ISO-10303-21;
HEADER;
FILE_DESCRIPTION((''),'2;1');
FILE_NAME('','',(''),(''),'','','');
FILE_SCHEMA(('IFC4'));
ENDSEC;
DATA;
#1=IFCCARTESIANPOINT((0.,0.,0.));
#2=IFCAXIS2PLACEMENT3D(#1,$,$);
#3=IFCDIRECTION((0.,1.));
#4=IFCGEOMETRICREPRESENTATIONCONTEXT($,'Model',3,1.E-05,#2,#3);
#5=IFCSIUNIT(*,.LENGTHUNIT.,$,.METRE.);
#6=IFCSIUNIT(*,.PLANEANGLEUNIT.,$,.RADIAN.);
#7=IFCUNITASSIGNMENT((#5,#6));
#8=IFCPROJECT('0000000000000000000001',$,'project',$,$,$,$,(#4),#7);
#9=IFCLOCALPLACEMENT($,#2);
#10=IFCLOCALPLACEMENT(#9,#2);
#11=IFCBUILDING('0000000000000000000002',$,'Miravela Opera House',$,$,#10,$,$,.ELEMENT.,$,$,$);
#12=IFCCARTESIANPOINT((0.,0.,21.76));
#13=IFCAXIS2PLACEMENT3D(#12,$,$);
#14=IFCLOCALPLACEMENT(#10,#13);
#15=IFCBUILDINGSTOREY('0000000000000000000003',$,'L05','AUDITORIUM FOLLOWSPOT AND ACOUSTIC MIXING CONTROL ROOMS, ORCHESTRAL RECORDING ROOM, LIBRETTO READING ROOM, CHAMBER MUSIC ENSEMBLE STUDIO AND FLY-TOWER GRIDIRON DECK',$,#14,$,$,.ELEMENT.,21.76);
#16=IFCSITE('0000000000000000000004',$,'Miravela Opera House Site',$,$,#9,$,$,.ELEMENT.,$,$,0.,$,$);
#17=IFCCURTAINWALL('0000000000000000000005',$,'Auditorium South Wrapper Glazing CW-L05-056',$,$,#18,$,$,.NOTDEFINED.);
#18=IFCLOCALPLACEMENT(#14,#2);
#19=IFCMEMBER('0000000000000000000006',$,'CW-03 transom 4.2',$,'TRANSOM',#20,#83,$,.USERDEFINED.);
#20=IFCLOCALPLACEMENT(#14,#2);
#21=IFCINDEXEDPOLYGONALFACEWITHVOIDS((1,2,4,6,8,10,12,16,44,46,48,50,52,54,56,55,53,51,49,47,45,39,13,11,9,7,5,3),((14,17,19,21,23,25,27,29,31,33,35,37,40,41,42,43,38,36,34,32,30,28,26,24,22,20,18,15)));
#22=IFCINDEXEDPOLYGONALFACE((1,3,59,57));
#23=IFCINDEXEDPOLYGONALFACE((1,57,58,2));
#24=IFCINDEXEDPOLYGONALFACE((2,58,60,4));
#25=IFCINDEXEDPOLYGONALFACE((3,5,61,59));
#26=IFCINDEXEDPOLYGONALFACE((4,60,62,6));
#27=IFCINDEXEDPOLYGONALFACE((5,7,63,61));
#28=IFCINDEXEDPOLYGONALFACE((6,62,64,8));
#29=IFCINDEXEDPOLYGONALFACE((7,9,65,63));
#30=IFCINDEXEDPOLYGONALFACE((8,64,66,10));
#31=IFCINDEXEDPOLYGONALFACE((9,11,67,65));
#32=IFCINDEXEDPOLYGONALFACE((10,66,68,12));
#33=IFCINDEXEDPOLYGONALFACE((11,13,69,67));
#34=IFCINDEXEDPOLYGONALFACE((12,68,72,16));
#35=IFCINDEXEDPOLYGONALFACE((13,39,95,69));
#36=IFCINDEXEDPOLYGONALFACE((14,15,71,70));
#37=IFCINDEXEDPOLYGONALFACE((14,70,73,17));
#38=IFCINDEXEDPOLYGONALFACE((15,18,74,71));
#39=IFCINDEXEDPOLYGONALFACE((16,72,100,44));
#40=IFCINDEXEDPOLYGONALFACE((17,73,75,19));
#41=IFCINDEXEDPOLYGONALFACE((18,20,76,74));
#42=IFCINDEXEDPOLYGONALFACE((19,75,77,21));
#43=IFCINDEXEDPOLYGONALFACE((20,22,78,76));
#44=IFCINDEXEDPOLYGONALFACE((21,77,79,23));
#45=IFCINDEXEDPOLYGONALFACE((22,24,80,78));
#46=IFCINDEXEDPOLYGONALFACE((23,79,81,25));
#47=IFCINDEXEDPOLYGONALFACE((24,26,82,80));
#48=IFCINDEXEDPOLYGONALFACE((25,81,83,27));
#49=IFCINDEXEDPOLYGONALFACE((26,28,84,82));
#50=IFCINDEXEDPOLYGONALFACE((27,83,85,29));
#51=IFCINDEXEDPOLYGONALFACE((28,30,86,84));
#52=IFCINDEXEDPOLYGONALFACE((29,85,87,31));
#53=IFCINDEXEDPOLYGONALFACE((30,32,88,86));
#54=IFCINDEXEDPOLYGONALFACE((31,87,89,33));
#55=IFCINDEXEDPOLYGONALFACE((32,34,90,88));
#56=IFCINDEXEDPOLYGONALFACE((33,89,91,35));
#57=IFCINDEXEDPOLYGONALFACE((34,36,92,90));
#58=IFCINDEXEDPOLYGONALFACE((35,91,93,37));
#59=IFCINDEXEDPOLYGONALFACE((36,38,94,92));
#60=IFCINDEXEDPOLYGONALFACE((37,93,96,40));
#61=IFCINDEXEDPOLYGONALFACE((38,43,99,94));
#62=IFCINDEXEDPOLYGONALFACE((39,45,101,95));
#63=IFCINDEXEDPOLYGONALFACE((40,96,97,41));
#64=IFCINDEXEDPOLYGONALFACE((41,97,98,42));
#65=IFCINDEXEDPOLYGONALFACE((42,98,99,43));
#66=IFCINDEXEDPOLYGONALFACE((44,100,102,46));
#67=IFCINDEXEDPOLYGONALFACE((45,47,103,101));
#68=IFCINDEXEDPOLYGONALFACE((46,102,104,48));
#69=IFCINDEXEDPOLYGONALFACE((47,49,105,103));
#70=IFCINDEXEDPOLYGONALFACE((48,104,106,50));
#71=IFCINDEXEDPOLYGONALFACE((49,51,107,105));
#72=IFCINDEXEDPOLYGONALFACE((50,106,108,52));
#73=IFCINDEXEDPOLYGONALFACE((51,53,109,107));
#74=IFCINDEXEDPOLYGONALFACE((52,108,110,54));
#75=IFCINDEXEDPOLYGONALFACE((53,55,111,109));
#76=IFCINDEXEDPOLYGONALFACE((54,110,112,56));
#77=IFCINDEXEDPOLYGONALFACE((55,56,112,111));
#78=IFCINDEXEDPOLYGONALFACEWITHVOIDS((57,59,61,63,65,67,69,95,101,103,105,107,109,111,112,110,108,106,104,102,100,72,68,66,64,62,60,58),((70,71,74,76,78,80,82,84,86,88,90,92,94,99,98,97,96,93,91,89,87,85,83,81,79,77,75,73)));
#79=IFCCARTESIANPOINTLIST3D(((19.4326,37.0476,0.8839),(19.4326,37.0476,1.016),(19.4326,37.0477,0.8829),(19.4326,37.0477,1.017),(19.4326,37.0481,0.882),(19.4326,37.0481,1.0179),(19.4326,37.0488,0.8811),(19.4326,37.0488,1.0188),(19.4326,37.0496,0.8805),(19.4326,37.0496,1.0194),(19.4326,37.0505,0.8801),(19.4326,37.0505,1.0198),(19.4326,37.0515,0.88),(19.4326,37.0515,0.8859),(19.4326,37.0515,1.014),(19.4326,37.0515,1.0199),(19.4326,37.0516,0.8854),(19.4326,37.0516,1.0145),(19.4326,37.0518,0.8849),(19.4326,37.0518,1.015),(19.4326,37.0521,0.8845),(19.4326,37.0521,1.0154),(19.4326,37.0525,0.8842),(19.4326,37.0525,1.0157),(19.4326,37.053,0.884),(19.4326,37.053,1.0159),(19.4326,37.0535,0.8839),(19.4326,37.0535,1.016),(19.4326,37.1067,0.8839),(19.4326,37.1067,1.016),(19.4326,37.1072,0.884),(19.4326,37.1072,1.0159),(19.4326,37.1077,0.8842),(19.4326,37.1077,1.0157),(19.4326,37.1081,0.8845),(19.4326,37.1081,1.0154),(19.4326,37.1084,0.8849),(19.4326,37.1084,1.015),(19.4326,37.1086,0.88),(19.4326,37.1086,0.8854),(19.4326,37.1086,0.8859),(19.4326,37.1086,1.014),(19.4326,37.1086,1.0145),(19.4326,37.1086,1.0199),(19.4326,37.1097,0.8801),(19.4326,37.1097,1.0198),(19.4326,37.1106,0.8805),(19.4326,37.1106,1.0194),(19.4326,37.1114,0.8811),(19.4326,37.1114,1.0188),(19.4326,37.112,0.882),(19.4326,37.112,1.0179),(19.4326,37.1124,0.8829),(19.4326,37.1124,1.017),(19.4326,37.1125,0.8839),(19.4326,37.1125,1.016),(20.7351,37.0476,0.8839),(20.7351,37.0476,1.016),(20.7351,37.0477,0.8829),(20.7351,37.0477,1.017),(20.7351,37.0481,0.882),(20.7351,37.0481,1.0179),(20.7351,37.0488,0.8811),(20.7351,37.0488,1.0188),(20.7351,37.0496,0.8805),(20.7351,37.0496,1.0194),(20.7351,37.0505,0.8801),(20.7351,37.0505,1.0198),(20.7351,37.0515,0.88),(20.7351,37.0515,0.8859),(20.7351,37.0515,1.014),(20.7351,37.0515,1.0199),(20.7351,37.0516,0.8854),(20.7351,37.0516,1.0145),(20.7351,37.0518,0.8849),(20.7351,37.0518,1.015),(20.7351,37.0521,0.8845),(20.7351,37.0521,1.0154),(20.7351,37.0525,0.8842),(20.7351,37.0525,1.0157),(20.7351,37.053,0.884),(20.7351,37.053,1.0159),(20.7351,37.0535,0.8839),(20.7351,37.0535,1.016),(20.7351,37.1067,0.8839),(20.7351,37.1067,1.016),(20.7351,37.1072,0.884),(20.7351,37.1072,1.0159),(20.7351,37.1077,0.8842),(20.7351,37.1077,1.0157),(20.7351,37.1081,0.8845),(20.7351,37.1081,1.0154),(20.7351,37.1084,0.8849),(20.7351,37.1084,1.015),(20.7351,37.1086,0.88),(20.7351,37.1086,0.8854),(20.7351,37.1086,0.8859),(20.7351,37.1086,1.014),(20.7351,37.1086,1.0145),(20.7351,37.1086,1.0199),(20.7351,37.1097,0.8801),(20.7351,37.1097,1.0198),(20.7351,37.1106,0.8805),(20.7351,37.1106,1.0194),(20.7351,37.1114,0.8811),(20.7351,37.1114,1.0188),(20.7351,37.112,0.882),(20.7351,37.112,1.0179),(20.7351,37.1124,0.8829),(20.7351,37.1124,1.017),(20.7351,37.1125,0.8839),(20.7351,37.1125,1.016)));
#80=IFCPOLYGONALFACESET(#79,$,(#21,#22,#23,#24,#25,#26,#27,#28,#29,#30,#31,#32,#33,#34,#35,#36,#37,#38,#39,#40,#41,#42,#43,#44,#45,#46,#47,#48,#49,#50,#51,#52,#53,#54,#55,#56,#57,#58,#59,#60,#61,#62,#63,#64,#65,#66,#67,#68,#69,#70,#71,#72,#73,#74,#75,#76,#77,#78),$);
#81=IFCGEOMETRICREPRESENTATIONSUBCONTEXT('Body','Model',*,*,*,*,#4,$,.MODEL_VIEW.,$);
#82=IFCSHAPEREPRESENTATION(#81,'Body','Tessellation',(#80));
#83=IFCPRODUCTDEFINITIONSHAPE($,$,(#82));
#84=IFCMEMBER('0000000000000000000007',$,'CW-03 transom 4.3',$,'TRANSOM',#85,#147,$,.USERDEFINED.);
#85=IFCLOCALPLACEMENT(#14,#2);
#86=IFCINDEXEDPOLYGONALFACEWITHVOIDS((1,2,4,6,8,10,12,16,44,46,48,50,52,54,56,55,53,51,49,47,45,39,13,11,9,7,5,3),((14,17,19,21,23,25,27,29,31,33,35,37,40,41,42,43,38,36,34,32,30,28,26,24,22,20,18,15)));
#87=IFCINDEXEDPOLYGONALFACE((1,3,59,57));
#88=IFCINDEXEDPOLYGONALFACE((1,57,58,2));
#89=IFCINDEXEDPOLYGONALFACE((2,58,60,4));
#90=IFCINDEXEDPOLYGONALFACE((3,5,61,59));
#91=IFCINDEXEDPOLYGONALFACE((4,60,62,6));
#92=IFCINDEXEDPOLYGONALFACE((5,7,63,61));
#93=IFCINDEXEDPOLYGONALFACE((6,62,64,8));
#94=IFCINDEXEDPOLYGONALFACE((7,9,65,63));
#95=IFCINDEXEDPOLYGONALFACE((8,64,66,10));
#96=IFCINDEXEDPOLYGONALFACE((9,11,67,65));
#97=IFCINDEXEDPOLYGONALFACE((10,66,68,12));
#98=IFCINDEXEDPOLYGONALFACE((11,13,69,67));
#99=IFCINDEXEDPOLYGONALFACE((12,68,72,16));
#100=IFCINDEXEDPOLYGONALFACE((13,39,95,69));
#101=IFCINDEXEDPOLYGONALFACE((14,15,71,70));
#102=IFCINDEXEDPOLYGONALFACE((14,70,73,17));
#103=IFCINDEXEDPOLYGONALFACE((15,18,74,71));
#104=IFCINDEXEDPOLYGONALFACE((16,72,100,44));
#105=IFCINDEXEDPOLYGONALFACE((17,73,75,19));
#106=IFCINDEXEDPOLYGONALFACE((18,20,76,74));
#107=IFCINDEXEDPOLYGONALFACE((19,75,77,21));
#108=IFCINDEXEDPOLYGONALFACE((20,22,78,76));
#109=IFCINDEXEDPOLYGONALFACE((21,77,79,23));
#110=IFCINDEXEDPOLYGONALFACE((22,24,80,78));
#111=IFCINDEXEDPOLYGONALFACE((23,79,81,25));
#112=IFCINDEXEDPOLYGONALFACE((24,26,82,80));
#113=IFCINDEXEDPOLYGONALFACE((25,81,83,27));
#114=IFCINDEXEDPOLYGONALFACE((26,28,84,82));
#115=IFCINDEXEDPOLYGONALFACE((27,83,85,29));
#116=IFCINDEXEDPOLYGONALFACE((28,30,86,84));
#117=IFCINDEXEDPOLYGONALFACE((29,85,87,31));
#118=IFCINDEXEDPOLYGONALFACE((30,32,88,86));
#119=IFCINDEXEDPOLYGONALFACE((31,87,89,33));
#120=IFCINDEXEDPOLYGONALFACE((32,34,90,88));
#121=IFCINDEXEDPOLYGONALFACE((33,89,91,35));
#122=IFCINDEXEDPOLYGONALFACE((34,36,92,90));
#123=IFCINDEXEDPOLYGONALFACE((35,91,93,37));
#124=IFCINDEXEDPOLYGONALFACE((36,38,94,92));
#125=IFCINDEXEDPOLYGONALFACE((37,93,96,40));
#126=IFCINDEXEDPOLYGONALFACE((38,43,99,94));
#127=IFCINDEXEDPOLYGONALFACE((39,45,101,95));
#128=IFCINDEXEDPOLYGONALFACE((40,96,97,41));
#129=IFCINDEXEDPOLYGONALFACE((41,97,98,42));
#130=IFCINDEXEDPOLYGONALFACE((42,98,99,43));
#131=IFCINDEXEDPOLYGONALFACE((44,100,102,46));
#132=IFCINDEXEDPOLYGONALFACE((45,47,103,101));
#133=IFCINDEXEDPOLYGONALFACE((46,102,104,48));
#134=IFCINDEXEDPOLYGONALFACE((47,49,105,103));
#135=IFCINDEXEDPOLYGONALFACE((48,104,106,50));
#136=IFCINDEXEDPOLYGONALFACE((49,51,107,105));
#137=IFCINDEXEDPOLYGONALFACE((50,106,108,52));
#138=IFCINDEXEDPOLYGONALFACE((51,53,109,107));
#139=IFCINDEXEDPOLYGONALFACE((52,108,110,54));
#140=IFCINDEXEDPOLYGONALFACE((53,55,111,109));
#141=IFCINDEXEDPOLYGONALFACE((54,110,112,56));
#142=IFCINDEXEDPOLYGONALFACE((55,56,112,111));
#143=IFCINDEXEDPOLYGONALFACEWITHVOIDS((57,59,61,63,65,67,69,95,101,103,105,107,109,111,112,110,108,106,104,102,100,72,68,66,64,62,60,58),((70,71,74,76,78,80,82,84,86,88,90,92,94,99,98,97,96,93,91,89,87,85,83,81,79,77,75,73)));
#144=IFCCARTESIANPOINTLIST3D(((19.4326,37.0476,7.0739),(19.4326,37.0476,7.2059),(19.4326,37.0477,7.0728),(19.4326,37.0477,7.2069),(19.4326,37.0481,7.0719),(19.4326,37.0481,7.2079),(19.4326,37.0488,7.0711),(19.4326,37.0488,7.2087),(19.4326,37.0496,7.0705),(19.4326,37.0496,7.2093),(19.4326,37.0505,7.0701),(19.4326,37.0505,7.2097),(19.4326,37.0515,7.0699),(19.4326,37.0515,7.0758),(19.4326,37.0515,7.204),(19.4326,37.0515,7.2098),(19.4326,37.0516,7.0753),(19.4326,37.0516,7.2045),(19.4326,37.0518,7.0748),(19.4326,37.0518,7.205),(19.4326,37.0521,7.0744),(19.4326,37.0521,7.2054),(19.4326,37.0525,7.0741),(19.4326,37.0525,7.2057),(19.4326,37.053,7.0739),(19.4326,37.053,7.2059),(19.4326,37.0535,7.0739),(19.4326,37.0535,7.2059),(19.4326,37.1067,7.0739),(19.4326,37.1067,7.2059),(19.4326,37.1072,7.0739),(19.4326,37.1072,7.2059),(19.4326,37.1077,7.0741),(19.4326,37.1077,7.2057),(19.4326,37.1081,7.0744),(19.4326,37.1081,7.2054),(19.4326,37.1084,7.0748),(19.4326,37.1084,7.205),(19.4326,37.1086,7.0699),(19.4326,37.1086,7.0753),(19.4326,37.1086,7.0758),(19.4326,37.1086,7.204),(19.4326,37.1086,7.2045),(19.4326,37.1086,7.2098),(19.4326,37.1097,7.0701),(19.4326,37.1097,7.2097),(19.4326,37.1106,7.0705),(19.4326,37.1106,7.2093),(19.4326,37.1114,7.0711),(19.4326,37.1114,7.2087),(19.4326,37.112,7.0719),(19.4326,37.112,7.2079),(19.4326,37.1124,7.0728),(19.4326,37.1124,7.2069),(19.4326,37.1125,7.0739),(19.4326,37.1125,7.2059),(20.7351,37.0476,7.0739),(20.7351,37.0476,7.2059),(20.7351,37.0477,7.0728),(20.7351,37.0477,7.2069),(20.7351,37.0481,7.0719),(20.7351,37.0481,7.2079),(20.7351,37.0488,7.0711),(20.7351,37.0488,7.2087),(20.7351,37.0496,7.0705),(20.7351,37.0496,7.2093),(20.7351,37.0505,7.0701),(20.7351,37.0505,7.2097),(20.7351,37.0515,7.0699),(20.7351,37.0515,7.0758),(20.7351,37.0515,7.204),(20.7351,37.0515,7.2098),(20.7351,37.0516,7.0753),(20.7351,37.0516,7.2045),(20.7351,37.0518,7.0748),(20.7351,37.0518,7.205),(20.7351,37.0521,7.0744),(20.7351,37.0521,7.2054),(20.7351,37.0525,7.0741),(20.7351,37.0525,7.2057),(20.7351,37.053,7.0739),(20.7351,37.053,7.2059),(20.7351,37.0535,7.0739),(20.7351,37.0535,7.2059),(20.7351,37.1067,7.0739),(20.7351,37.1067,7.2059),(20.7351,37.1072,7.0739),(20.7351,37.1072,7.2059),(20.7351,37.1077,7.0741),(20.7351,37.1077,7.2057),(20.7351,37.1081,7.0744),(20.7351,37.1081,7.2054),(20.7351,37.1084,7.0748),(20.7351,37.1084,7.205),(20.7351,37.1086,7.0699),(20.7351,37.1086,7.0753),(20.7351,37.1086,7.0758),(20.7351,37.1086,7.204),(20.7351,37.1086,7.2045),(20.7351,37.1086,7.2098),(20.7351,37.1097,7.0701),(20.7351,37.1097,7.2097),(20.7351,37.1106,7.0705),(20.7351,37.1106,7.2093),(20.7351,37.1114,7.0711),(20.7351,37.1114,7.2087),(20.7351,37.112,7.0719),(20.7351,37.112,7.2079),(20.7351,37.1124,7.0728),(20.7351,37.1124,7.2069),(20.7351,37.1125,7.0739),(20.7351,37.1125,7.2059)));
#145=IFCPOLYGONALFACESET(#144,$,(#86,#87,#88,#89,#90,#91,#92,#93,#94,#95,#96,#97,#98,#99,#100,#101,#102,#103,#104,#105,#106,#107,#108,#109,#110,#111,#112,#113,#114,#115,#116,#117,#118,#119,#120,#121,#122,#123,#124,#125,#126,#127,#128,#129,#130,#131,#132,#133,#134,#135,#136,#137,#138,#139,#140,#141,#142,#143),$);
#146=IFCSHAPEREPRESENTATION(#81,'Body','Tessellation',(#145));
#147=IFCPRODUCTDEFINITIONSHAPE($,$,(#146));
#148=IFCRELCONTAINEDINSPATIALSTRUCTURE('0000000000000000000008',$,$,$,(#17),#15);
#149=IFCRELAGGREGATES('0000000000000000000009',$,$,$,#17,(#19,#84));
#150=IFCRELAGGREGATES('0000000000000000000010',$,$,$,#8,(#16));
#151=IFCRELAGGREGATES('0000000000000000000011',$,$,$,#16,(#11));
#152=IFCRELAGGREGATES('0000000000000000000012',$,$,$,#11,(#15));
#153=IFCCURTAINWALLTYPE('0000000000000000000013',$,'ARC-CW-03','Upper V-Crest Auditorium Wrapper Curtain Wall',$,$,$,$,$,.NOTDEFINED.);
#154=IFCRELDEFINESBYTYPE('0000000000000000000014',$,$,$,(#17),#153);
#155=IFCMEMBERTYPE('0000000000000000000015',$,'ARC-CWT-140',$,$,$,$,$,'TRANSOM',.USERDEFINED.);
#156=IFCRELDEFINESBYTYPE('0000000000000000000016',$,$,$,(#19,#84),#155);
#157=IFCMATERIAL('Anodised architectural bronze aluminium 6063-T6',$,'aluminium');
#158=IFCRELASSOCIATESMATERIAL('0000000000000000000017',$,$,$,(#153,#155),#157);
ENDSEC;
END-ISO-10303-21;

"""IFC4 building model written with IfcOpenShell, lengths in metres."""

from ifc_helpers import new_model, si_unit, direction, frame, origin, origin_2d, place, context, subcontext, project, spatial, hollow_rectangle, extrude, material, material_profile, profile_set, type_object, element, aggregate, save


model = new_model("IFC4")

# Units and contexts
model_context = context("Model", 3, precision=1e-05, world=origin(), true_north=direction((0.0, 1.0)))
body_context = subcontext(model_context, "Body", "Model", "MODEL_VIEW")
ifc_project = project(units=[si_unit("LENGTHUNIT", "METRE"), si_unit("PLANEANGLEUNIT", "RADIAN")], contexts=[model_context])

# Site, building, storey
site_placement = place(None, origin())
site = spatial("IfcSite", under=ifc_project, at=site_placement, Name="Miravela Opera House Site", CompositionType="ELEMENT", RefElevation=0.0)
building_placement = place(site_placement, origin())
building = spatial("IfcBuilding", under=site, at=building_placement, Name="Miravela Opera House", CompositionType="ELEMENT")
storey_placement = place(building_placement, frame((0.0, 0.0, 21.76)))
storey = spatial("IfcBuildingStorey", under=building, at=storey_placement, Name="L05", Description="AUDITORIUM FOLLOWSPOT AND ACOUSTIC MIXING CONTROL ROOMS, ORCHESTRAL RECORDING ROOM, LIBRETTO READING ROOM, CHAMBER MUSIC ENSEMBLE STUDIO AND FLY-TOWER GRIDIRON DECK", CompositionType="ELEMENT", Elevation=21.76)

# Curtain wall
ifc_material_1 = material(Name="Anodised architectural bronze aluminium 6063-T6", Category="aluminium")
curtain_wall_type = type_object("IfcCurtainWallType", Name="ARC-CW-03", Description="Upper V-Crest Auditorium Wrapper Curtain Wall", PredefinedType="NOTDEFINED", material=ifc_material_1)
curtain_wall_1_placement = place(storey_placement, origin())
curtain_wall_1 = element("IfcCurtainWall", 1, at=curtain_wall_1_placement, inside=storey, type_object=curtain_wall_type, Name="Auditorium South Wrapper Glazing CW-L05-056", PredefinedType="NOTDEFINED")

# Members
ifc_material_profile_1 = material_profile(ifc_material_1, hollow_rectangle(XDim=0.0649, YDim=0.1399, WallThickness=0.0039, InnerFilletRadius=0.002, OuterFilletRadius=0.0039, at=origin_2d()), Name="CWT-65X140")
ifc_profile_set_1 = profile_set([ifc_material_profile_1])
member_type_1 = type_object("IfcMemberType", Name="ARC-CWT-140", ElementType="TRANSOM", PredefinedType="USERDEFINED", material=ifc_profile_set_1)
member_1_placement = place(storey_placement, frame((19.4326, 37.0801, 0.95), z_axis=(1.0, 0.0, 0.0), x_axis=(0.0, 1.0, 0.0)))
member_1 = element("IfcMember", 2, at=member_1_placement, type_object=member_type_1, Name="CW-03 transom 4.2", ObjectType="TRANSOM", PredefinedType="USERDEFINED", context=body_context, shape_type="SweptSolid", body=[
    extrude(hollow_rectangle(XDim=0.0649, YDim=0.1399, WallThickness=0.0039, InnerFilletRadius=0.002, OuterFilletRadius=0.0039, at=origin_2d()), origin(), (0.0, 0.0, 1.0), 1.3025),
])
member_2_placement = place(storey_placement, frame((19.4326, 37.0801, 7.1399), z_axis=(1.0, 0.0, 0.0), x_axis=(0.0, 1.0, 0.0)))
member_2 = element("IfcMember", 3, at=member_2_placement, type_object=member_type_1, Name="CW-03 transom 4.3", ObjectType="TRANSOM", PredefinedType="USERDEFINED", context=body_context, shape_type="SweptSolid", body=[
    extrude(hollow_rectangle(XDim=0.0649, YDim=0.1399, WallThickness=0.0039, InnerFilletRadius=0.002, OuterFilletRadius=0.0039, at=origin_2d()), origin(), (0.0, 0.0, 1.0), 1.3025),
])

aggregate(curtain_wall_1, [member_1, member_2])

save(model, "model.ifc")
